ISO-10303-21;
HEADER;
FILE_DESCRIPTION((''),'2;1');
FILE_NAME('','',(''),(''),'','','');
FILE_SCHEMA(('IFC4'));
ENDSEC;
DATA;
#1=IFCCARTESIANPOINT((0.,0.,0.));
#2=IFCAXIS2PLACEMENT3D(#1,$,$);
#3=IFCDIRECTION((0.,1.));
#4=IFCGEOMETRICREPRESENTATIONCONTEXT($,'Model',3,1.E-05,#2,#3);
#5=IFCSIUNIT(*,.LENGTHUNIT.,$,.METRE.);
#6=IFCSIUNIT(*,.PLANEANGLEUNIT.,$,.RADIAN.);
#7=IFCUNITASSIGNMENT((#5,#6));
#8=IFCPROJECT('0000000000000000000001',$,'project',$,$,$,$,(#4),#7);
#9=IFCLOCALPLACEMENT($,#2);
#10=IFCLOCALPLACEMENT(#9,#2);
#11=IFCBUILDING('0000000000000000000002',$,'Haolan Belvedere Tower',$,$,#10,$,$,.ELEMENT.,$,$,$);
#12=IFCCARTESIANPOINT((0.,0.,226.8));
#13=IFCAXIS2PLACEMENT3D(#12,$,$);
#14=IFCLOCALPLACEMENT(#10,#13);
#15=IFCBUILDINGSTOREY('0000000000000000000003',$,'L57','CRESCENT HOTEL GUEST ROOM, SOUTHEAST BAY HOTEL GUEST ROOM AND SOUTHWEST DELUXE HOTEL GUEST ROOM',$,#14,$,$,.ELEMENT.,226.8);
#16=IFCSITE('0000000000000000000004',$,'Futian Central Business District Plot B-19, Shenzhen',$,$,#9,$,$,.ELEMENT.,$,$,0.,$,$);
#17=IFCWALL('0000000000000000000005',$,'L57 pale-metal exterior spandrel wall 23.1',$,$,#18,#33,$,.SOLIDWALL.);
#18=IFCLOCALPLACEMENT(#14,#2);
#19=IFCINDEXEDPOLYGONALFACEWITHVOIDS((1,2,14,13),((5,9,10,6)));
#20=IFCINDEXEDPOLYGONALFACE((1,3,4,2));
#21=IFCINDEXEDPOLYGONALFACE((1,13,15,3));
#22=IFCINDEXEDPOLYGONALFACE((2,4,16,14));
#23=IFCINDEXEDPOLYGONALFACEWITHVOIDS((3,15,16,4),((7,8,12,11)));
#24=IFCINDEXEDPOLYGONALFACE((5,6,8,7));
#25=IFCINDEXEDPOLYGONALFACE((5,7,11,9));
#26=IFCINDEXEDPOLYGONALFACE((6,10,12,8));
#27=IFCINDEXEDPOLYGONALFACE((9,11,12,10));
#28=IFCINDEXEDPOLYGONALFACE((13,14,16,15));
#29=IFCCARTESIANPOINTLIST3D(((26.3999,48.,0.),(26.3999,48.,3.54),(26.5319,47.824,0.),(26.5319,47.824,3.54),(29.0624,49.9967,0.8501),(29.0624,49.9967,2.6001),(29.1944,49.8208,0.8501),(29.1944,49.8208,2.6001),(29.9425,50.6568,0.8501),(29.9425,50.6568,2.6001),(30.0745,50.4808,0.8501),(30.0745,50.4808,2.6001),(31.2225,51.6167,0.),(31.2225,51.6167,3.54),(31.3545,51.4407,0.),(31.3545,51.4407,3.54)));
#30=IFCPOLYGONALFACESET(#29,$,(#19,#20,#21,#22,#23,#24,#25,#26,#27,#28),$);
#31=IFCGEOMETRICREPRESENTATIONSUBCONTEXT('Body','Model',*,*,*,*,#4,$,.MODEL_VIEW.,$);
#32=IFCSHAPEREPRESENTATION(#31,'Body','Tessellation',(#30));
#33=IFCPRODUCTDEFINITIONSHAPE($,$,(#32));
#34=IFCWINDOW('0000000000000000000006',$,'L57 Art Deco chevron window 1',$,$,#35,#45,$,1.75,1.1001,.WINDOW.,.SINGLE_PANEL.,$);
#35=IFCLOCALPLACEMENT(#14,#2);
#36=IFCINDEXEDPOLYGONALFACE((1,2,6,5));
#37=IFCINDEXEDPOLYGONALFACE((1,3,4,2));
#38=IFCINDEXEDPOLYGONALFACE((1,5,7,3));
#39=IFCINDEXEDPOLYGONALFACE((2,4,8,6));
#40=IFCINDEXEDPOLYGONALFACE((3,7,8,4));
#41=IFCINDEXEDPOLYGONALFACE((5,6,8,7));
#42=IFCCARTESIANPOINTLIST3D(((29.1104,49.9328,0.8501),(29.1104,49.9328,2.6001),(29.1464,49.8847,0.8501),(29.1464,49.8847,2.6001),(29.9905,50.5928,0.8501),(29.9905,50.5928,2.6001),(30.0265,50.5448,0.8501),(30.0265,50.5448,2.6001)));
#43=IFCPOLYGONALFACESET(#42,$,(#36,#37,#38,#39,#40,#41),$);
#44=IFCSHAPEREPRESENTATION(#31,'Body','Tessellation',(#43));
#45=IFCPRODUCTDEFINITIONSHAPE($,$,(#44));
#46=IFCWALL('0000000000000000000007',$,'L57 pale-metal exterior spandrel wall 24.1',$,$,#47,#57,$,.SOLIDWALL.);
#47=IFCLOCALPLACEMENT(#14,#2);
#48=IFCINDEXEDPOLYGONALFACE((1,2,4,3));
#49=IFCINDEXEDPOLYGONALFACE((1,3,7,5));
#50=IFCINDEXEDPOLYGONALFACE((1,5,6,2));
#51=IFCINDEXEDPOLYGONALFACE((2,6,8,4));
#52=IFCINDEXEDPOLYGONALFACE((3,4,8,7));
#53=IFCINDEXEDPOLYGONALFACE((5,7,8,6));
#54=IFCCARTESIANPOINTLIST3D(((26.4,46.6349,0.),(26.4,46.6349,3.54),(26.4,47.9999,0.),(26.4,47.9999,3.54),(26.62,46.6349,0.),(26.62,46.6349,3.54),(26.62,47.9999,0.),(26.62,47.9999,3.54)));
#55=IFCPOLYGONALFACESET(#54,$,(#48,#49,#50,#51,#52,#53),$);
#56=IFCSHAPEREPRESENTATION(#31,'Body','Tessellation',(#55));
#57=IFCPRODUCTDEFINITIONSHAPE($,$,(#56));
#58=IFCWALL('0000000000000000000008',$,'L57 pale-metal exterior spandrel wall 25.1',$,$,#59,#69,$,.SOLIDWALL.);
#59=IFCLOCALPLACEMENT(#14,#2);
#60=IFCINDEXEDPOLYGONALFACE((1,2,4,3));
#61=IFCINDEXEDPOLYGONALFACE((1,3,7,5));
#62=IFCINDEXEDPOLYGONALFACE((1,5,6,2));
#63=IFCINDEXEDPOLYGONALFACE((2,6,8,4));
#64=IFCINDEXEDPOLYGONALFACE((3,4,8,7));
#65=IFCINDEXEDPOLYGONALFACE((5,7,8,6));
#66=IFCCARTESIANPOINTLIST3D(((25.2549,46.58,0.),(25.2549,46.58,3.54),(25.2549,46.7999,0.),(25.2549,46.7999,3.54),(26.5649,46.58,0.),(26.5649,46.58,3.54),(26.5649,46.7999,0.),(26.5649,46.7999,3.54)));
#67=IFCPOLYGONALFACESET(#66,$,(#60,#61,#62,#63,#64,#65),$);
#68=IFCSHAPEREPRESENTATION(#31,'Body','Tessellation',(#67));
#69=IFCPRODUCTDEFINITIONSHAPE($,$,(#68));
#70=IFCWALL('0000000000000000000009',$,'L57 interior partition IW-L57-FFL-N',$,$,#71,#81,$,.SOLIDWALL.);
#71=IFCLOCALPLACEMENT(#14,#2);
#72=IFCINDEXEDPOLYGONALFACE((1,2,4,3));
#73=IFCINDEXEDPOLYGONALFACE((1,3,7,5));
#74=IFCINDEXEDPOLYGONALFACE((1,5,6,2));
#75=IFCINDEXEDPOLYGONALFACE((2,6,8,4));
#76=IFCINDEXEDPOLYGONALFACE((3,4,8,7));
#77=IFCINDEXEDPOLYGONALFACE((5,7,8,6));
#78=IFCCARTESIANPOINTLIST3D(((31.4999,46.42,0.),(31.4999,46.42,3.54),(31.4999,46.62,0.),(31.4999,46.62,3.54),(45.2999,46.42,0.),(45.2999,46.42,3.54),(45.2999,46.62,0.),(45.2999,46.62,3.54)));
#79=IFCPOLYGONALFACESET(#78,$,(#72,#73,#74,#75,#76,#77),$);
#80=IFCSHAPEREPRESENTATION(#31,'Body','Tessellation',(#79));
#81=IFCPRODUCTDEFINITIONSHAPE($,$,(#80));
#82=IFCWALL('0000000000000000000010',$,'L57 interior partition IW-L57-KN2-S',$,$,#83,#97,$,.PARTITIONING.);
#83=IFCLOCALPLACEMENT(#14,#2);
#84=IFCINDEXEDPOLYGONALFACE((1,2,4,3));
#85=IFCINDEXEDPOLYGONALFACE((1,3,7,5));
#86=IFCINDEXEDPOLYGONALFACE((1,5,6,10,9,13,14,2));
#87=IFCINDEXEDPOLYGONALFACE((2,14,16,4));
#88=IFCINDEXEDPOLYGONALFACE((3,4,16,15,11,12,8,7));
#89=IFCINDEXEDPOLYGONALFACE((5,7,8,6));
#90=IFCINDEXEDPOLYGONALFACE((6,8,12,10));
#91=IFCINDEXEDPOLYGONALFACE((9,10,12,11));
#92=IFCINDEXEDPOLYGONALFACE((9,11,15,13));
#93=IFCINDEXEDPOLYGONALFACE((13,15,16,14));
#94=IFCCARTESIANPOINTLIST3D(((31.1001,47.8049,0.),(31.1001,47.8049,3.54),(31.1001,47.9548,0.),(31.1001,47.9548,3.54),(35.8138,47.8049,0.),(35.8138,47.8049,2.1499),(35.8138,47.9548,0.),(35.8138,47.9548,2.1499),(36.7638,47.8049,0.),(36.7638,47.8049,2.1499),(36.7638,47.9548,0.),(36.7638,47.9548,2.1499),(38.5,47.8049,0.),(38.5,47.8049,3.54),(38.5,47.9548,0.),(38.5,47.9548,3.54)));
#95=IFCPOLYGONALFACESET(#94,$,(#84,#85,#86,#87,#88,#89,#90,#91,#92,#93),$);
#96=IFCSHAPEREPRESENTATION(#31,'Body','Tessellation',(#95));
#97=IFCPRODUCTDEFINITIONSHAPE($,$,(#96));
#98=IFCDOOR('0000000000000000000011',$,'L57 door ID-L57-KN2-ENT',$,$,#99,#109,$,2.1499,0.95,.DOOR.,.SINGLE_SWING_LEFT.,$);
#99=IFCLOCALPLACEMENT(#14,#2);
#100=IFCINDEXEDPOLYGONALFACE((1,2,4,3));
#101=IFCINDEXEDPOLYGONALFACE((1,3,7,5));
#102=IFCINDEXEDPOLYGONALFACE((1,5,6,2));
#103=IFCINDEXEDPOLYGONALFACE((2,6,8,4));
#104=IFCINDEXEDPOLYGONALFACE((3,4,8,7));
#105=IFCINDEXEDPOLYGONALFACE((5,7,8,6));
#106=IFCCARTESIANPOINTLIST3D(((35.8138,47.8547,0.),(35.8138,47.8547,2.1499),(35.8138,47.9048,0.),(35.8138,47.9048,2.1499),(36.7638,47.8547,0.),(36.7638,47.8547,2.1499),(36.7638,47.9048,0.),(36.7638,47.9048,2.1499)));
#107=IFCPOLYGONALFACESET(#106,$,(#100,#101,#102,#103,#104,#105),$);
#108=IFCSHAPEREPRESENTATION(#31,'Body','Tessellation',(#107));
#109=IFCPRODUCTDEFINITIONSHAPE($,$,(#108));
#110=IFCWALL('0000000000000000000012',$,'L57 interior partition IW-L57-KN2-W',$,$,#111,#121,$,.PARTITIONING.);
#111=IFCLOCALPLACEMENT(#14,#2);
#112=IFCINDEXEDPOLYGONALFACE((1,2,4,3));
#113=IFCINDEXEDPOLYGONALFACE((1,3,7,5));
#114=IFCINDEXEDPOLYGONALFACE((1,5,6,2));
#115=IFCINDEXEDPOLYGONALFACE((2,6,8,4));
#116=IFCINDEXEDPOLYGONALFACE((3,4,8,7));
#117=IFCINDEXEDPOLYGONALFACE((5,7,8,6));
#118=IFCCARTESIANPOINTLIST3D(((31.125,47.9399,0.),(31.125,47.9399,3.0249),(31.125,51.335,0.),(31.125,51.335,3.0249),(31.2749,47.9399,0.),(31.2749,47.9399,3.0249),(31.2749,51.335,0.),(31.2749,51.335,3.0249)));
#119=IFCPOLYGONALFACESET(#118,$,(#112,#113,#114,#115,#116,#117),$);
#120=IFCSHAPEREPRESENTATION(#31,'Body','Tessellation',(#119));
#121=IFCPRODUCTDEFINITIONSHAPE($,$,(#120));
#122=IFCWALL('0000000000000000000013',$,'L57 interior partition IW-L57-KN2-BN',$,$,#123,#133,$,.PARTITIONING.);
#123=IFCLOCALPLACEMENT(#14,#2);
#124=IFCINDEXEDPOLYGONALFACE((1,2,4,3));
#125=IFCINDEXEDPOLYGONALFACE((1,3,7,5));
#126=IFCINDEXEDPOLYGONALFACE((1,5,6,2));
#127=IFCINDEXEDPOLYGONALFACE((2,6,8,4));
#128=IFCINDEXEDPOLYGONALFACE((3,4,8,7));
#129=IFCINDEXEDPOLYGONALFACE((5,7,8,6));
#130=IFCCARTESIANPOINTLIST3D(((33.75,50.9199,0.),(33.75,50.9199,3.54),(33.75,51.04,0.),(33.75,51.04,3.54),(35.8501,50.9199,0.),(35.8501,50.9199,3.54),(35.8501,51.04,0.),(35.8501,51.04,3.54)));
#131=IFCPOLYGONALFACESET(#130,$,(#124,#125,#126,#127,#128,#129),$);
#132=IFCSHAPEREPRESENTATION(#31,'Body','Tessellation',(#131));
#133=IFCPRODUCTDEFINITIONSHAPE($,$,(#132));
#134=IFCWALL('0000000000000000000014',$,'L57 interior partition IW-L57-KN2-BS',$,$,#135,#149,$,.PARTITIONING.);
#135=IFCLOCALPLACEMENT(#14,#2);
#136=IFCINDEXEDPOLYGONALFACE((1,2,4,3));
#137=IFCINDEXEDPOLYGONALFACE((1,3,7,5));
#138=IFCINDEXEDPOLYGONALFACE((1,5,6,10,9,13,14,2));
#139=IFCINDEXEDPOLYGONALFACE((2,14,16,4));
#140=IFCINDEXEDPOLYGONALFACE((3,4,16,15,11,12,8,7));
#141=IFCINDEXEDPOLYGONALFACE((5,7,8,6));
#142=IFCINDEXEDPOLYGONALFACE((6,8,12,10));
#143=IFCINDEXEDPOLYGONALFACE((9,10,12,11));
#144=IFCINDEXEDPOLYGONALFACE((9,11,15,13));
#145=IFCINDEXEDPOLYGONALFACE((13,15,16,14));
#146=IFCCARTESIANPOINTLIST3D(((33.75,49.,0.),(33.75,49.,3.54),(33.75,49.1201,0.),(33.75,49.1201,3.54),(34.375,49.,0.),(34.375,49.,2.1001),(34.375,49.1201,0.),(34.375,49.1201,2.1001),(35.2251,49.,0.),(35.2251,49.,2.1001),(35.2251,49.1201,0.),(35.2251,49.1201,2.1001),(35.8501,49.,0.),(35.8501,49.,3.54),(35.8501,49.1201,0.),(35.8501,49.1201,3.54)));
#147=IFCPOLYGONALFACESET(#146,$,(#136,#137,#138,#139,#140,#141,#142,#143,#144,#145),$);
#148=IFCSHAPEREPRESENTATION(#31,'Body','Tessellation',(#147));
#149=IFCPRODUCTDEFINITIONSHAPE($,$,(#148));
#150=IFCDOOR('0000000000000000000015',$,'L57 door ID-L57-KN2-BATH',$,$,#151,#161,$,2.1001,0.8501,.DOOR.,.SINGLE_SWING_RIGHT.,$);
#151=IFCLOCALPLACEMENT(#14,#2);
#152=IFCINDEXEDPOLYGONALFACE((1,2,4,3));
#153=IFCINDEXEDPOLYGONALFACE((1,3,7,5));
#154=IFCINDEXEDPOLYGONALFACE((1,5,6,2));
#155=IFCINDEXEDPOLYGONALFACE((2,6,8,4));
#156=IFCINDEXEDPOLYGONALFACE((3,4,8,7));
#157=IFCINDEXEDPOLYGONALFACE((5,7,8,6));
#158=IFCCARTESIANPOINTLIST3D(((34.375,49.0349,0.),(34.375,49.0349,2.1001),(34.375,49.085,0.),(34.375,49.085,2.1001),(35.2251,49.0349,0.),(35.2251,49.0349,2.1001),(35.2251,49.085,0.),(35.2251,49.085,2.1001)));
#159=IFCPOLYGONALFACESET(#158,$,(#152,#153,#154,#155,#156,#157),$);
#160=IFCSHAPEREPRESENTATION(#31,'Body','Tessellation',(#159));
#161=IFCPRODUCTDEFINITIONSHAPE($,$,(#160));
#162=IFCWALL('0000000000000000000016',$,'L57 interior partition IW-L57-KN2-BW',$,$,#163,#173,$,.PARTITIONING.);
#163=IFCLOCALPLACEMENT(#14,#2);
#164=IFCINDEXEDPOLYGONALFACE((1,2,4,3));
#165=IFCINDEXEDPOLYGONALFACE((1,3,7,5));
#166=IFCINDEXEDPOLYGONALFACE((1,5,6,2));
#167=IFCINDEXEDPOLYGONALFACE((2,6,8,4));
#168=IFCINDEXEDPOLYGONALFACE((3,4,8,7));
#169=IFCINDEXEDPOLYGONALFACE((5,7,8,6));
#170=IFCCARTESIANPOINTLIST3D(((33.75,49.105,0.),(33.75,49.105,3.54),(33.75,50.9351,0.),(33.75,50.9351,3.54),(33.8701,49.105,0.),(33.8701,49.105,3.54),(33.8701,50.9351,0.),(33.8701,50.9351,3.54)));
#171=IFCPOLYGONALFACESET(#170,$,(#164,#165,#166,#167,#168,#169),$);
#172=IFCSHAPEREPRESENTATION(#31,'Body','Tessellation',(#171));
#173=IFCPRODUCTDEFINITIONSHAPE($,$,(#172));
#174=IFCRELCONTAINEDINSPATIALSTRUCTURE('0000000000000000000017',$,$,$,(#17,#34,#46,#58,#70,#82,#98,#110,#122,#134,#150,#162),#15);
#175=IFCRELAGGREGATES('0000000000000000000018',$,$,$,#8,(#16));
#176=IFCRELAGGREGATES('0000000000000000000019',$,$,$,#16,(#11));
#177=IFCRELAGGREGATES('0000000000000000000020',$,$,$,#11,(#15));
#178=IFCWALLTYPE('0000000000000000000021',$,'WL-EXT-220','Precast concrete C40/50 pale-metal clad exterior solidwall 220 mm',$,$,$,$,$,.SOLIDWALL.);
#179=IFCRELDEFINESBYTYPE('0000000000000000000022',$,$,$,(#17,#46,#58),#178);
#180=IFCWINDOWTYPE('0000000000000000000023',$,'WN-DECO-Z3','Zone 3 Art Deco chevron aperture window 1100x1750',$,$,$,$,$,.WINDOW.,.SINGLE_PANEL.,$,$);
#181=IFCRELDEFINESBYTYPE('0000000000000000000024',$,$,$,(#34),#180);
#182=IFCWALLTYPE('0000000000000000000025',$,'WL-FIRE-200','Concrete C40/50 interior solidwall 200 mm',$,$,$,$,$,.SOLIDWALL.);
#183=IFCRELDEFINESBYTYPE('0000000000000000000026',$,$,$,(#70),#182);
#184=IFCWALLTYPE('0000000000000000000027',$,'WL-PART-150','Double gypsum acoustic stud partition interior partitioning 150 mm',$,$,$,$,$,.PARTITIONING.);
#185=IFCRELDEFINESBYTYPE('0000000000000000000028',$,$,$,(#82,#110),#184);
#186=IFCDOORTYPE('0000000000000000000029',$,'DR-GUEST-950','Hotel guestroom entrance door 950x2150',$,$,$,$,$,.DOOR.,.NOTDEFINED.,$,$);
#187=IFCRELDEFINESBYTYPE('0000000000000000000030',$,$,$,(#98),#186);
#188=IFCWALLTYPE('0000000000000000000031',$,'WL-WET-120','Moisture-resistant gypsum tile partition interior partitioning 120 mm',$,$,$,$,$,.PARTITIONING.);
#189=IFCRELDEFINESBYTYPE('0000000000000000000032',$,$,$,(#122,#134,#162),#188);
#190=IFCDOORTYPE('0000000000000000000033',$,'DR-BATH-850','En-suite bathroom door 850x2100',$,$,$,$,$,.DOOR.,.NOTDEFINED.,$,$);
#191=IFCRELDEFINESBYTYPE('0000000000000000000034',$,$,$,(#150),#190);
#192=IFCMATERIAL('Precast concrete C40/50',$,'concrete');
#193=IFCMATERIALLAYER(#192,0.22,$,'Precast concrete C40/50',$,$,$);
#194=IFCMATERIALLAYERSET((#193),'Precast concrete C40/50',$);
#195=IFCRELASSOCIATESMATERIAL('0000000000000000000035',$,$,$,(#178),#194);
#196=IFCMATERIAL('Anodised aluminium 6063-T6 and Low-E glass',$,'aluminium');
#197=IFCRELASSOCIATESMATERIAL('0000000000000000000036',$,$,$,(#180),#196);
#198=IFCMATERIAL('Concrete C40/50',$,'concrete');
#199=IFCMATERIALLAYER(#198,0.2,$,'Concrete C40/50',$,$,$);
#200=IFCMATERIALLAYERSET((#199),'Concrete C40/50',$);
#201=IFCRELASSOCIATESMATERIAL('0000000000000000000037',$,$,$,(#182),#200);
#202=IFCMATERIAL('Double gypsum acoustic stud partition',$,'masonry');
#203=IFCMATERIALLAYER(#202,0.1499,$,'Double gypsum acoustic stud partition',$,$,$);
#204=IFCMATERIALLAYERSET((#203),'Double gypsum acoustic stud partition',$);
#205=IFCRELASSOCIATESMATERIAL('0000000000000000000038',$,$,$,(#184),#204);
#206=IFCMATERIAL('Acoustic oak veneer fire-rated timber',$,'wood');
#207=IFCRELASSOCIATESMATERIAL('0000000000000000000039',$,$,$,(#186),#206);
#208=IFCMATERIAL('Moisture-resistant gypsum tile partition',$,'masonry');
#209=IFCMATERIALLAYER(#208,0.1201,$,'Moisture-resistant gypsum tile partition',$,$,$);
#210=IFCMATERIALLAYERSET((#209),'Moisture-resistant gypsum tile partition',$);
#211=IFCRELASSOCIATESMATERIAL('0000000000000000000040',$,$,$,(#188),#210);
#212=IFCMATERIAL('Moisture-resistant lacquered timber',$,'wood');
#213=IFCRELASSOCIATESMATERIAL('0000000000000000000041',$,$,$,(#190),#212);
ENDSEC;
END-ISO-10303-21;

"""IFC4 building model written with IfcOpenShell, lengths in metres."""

from ifc_helpers import new_model, si_unit, direction, frame, frame_2d, origin, place, context, subcontext, project, spatial, rectangle, extrude, material, layer, layer_set, type_object, element, fill, save


model = new_model("IFC4")

# Units and contexts
model_context = context("Model", 3, precision=1e-05, world=origin(), true_north=direction((0.0, 1.0)))
body_context = subcontext(model_context, "Body", "Model", "MODEL_VIEW")
ifc_project = project(units=[si_unit("LENGTHUNIT", "METRE"), si_unit("PLANEANGLEUNIT", "RADIAN")], contexts=[model_context])

# Site, building, storey
site_placement = place(None, origin())
site = spatial("IfcSite", under=ifc_project, at=site_placement, Name="Futian Central Business District Plot B-19, Shenzhen", CompositionType="ELEMENT", RefElevation=0.0)
building_placement = place(site_placement, origin())
building = spatial("IfcBuilding", under=site, at=building_placement, Name="Haolan Belvedere Tower", CompositionType="ELEMENT")
storey_placement = place(building_placement, frame((0.0, 0.0, 226.8)))
storey = spatial("IfcBuildingStorey", under=building, at=storey_placement, Name="L57", Description="CRESCENT HOTEL GUEST ROOM, SOUTHEAST BAY HOTEL GUEST ROOM AND SOUTHWEST DELUXE HOTEL GUEST ROOM", CompositionType="ELEMENT", Elevation=226.8)

# Wall, opening, window
ifc_material_1 = material(Name="Precast concrete C40/50", Category="concrete")
ifc_layer_1 = layer(ifc_material_1, 0.22, Name="Precast concrete C40/50")
ifc_layer_set_1 = layer_set([ifc_layer_1], Name="Precast concrete C40/50")
wall_type_1 = type_object("IfcWallType", Name="WL-EXT-220", Description="Precast concrete C40/50 pale-metal clad exterior solidwall 220 mm", PredefinedType="SOLIDWALL", material=ifc_layer_set_1)
wall_1_placement = place(storey_placement, frame((31.2886, 51.5288, 0.0), z_axis=(0.0, 0.0, 1.0), x_axis=(-0.800015, -0.599981, 0.0)))
wall_1 = element("IfcWall", 1, at=wall_1_placement, inside=storey, type_object=wall_type_1, Name="L57 pale-metal exterior spandrel wall 23.1", PredefinedType="SOLIDWALL", context=body_context, shape_type="SweptSolid", body=[
    extrude(rectangle(XDim=6.0281, YDim=0.22, at=frame_2d((3.0142, 0.0))), origin(), (0.0, 0.0, 1.0), 3.54),
])
opening_1_placement = place(wall_1_placement, frame((1.6001, 0.0, 0.8501)))
opening_1 = element("IfcOpeningElement", 2, at=opening_1_placement, cuts=wall_1, PredefinedType="OPENING", context=body_context, shape_type="SweptSolid", body=[
    extrude(rectangle(XDim=1.1001, YDim=1.75, at=frame_2d((0.55, 0.875))), frame((0.0, 0.1199, 0.0), z_axis=(0.0, -1.0, 0.0), x_axis=(1.0, 0.0, 0.0)), (0.0, 0.0, 1.0), 0.24),
])
ifc_material_2 = material(Name="Anodised aluminium 6063-T6 and Low-E glass", Category="aluminium")
window_type = type_object("IfcWindowType", Name="WN-DECO-Z3", Description="Zone 3 Art Deco chevron aperture window 1100x1750", PartitioningType="SINGLE_PANEL", PredefinedType="WINDOW", material=ifc_material_2)
window_placement = place(opening_1_placement, origin())
window = element("IfcWindow", 3, at=window_placement, inside=storey, type_object=window_type, Name="L57 Art Deco chevron window 1", OverallHeight=1.75, OverallWidth=1.1001, PartitioningType="SINGLE_PANEL", PredefinedType="WINDOW", context=body_context, shape_type="SweptSolid", body=[
    extrude(rectangle(XDim=1.1001, YDim=1.75, at=frame_2d((0.55, 0.875))), frame((0.0, 0.03, 0.0), z_axis=(0.0, -1.0, 0.0), x_axis=(1.0, 0.0, 0.0)), (0.0, 0.0, 1.0), 0.0601),
])
fill(opening_1, window)

# Walls
wall_2_placement = place(storey_placement, frame((26.51, 48.0, 0.0), z_axis=(0.0, 0.0, 1.0), x_axis=(0.0, -1.0, 0.0)))
element("IfcWall", 4, at=wall_2_placement, inside=storey, type_object=wall_type_1, Name="L57 pale-metal exterior spandrel wall 24.1", PredefinedType="SOLIDWALL", context=body_context, shape_type="SweptSolid", body=[
    extrude(rectangle(XDim=1.365, YDim=0.22, at=frame_2d((0.6826, 0.0))), origin(), (0.0, 0.0, 1.0), 3.54),
])
wall_3_placement = place(storey_placement, frame((26.5649, 46.6899, 0.0), z_axis=(0.0, 0.0, 1.0), x_axis=(-1.0, 0.0, 0.0)))
element("IfcWall", 5, at=wall_3_placement, inside=storey, type_object=wall_type_1, Name="L57 pale-metal exterior spandrel wall 25.1", PredefinedType="SOLIDWALL", context=body_context, shape_type="SweptSolid", body=[
    extrude(rectangle(XDim=1.3101, YDim=0.22, at=frame_2d((0.655, 0.0))), origin(), (0.0, 0.0, 1.0), 3.54),
])
ifc_material_3 = material(Name="Concrete C40/50", Category="concrete")
ifc_layer_2 = layer(ifc_material_3, 0.2, Name="Concrete C40/50")
ifc_layer_set_2 = layer_set([ifc_layer_2], Name="Concrete C40/50")
wall_type_2 = type_object("IfcWallType", Name="WL-FIRE-200", Description="Concrete C40/50 interior solidwall 200 mm", PredefinedType="SOLIDWALL", material=ifc_layer_set_2)
wall_4_placement = place(storey_placement, frame((31.5, 46.52, 0.0), z_axis=(0.0, 0.0, 1.0), x_axis=(1.0, 0.0, 0.0)))
element("IfcWall", 6, at=wall_4_placement, inside=storey, type_object=wall_type_2, Name="L57 interior partition IW-L57-FFL-N", PredefinedType="SOLIDWALL", context=body_context, shape_type="SweptSolid", body=[
    extrude(rectangle(XDim=13.8, YDim=0.2, at=frame_2d((6.8999, 0.0))), origin(), (0.0, 0.0, 1.0), 3.54),
])

# Wall, opening, door
ifc_material_4 = material(Name="Double gypsum acoustic stud partition", Category="masonry")
ifc_layer_3 = layer(ifc_material_4, 0.1499, Name="Double gypsum acoustic stud partition")
ifc_layer_set_3 = layer_set([ifc_layer_3], Name="Double gypsum acoustic stud partition")
wall_type_3 = type_object("IfcWallType", Name="WL-PART-150", Description="Double gypsum acoustic stud partition interior partitioning 150 mm", PredefinedType="PARTITIONING", material=ifc_layer_set_3)
wall_5_placement = place(storey_placement, frame((31.1001, 47.8799, 0.0), z_axis=(0.0, 0.0, 1.0), x_axis=(1.0, 0.0, 0.0)))
wall_5 = element("IfcWall", 7, at=wall_5_placement, inside=storey, type_object=wall_type_3, Name="L57 interior partition IW-L57-KN2-S", PredefinedType="PARTITIONING", context=body_context, shape_type="SweptSolid", body=[
    extrude(rectangle(XDim=7.3999, YDim=0.1499, at=frame_2d((3.7, 0.0))), origin(), (0.0, 0.0, 1.0), 3.54),
])
opening_2_placement = place(wall_5_placement, frame((4.7136, 0.0, 0.0)))
opening_2 = element("IfcOpeningElement", 8, at=opening_2_placement, cuts=wall_5, PredefinedType="OPENING", context=body_context, shape_type="SweptSolid", body=[
    extrude(rectangle(XDim=0.95, YDim=2.1499, at=frame_2d((0.4751, 1.075))), frame((0.0, 0.085, 0.0), z_axis=(0.0, -1.0, 0.0), x_axis=(1.0, 0.0, 0.0)), (0.0, 0.0, 1.0), 0.1699),
])
ifc_material_5 = material(Name="Acoustic oak veneer fire-rated timber", Category="wood")
door_type_1 = type_object("IfcDoorType", Name="DR-GUEST-950", Description="Hotel guestroom entrance door 950x2150", OperationType="NOTDEFINED", PredefinedType="DOOR", material=ifc_material_5)
door_1_placement = place(opening_2_placement, origin())
door_1 = element("IfcDoor", 9, at=door_1_placement, inside=storey, type_object=door_type_1, Name="L57 door ID-L57-KN2-ENT", OperationType="SINGLE_SWING_LEFT", OverallHeight=2.1499, OverallWidth=0.95, PredefinedType="DOOR", context=body_context, shape_type="SweptSolid", body=[
    extrude(rectangle(XDim=0.95, YDim=2.1499, at=frame_2d((0.4751, 1.075))), frame((0.0, 0.0249, 0.0), z_axis=(0.0, -1.0, 0.0), x_axis=(1.0, 0.0, 0.0)), (0.0, 0.0, 1.0), 0.05),
])
fill(opening_2, door_1)

# Walls
wall_6_placement = place(storey_placement, frame((31.2, 47.9399, 0.0), z_axis=(0.0, 0.0, 1.0), x_axis=(0.0, 1.0, 0.0)))
element("IfcWall", 10, at=wall_6_placement, inside=storey, type_object=wall_type_3, Name="L57 interior partition IW-L57-KN2-W", PredefinedType="PARTITIONING", context=body_context, shape_type="SweptSolid", body=[
    extrude(rectangle(XDim=3.395, YDim=0.1499, at=frame_2d((1.6975, 0.0))), origin(), (0.0, 0.0, 1.0), 3.0249),
])
ifc_material_6 = material(Name="Moisture-resistant gypsum tile partition", Category="masonry")
ifc_layer_4 = layer(ifc_material_6, 0.1201, Name="Moisture-resistant gypsum tile partition")
ifc_layer_set_4 = layer_set([ifc_layer_4], Name="Moisture-resistant gypsum tile partition")
wall_type_4 = type_object("IfcWallType", Name="WL-WET-120", Description="Moisture-resistant gypsum tile partition interior partitioning 120 mm", PredefinedType="PARTITIONING", material=ifc_layer_set_4)
wall_7_placement = place(storey_placement, frame((33.75, 50.98, 0.0), z_axis=(0.0, 0.0, 1.0), x_axis=(1.0, 0.0, 0.0)))
element("IfcWall", 11, at=wall_7_placement, inside=storey, type_object=wall_type_4, Name="L57 interior partition IW-L57-KN2-BN", PredefinedType="PARTITIONING", context=body_context, shape_type="SweptSolid", body=[
    extrude(rectangle(XDim=2.1001, YDim=0.1201, at=frame_2d((1.05, 0.0))), origin(), (0.0, 0.0, 1.0), 3.54),
])

# Wall, opening, door
wall_8_placement = place(storey_placement, frame((33.75, 49.0601, 0.0), z_axis=(0.0, 0.0, 1.0), x_axis=(1.0, 0.0, 0.0)))
wall_8 = element("IfcWall", 12, at=wall_8_placement, inside=storey, type_object=wall_type_4, Name="L57 interior partition IW-L57-KN2-BS", PredefinedType="PARTITIONING", context=body_context, shape_type="SweptSolid", body=[
    extrude(rectangle(XDim=2.1001, YDim=0.1201, at=frame_2d((1.05, 0.0))), origin(), (0.0, 0.0, 1.0), 3.54),
])
opening_3_placement = place(wall_8_placement, frame((0.625, 0.0, 0.0)))
opening_3 = element("IfcOpeningElement", 13, at=opening_3_placement, cuts=wall_8, PredefinedType="OPENING", context=body_context, shape_type="SweptSolid", body=[
    extrude(rectangle(XDim=0.8501, YDim=2.1001, at=frame_2d((0.425, 1.05))), frame((0.0, 0.0701, 0.0), z_axis=(0.0, -1.0, 0.0), x_axis=(1.0, 0.0, 0.0)), (0.0, 0.0, 1.0), 0.1401),
])
ifc_material_7 = material(Name="Moisture-resistant lacquered timber", Category="wood")
door_type_2 = type_object("IfcDoorType", Name="DR-BATH-850", Description="En-suite bathroom door 850x2100", OperationType="NOTDEFINED", PredefinedType="DOOR", material=ifc_material_7)
door_2_placement = place(opening_3_placement, origin())
door_2 = element("IfcDoor", 14, at=door_2_placement, inside=storey, type_object=door_type_2, Name="L57 door ID-L57-KN2-BATH", OperationType="SINGLE_SWING_RIGHT", OverallHeight=2.1001, OverallWidth=0.8501, PredefinedType="DOOR", context=body_context, shape_type="SweptSolid", body=[
    extrude(rectangle(XDim=0.8501, YDim=2.1001, at=frame_2d((0.425, 1.05))), frame((0.0, 0.0249, 0.0), z_axis=(0.0, -1.0, 0.0), x_axis=(1.0, 0.0, 0.0)), (0.0, 0.0, 1.0), 0.05),
])
fill(opening_3, door_2)

# Wall
for number, where, z_axis, x_axis, name in (
    (15, (33.8101, 49.105, 0.0), (0.0, 0.0, 1.0), (0.0, 1.0, 0.0), "L57 interior partition IW-L57-KN2-BW"),
):
    element("IfcWall", number, at=place(storey_placement, frame(where, z_axis=z_axis, x_axis=x_axis)), inside=storey, type_object=wall_type_4, Name=name, PredefinedType="PARTITIONING", context=body_context, shape_type="SweptSolid", body=[
        extrude(rectangle(XDim=1.8301, YDim=0.1201, at=frame_2d((0.915, 0.0))), origin(), (0.0, 0.0, 1.0), 3.54),
    ])

save(model, "model.ifc")
